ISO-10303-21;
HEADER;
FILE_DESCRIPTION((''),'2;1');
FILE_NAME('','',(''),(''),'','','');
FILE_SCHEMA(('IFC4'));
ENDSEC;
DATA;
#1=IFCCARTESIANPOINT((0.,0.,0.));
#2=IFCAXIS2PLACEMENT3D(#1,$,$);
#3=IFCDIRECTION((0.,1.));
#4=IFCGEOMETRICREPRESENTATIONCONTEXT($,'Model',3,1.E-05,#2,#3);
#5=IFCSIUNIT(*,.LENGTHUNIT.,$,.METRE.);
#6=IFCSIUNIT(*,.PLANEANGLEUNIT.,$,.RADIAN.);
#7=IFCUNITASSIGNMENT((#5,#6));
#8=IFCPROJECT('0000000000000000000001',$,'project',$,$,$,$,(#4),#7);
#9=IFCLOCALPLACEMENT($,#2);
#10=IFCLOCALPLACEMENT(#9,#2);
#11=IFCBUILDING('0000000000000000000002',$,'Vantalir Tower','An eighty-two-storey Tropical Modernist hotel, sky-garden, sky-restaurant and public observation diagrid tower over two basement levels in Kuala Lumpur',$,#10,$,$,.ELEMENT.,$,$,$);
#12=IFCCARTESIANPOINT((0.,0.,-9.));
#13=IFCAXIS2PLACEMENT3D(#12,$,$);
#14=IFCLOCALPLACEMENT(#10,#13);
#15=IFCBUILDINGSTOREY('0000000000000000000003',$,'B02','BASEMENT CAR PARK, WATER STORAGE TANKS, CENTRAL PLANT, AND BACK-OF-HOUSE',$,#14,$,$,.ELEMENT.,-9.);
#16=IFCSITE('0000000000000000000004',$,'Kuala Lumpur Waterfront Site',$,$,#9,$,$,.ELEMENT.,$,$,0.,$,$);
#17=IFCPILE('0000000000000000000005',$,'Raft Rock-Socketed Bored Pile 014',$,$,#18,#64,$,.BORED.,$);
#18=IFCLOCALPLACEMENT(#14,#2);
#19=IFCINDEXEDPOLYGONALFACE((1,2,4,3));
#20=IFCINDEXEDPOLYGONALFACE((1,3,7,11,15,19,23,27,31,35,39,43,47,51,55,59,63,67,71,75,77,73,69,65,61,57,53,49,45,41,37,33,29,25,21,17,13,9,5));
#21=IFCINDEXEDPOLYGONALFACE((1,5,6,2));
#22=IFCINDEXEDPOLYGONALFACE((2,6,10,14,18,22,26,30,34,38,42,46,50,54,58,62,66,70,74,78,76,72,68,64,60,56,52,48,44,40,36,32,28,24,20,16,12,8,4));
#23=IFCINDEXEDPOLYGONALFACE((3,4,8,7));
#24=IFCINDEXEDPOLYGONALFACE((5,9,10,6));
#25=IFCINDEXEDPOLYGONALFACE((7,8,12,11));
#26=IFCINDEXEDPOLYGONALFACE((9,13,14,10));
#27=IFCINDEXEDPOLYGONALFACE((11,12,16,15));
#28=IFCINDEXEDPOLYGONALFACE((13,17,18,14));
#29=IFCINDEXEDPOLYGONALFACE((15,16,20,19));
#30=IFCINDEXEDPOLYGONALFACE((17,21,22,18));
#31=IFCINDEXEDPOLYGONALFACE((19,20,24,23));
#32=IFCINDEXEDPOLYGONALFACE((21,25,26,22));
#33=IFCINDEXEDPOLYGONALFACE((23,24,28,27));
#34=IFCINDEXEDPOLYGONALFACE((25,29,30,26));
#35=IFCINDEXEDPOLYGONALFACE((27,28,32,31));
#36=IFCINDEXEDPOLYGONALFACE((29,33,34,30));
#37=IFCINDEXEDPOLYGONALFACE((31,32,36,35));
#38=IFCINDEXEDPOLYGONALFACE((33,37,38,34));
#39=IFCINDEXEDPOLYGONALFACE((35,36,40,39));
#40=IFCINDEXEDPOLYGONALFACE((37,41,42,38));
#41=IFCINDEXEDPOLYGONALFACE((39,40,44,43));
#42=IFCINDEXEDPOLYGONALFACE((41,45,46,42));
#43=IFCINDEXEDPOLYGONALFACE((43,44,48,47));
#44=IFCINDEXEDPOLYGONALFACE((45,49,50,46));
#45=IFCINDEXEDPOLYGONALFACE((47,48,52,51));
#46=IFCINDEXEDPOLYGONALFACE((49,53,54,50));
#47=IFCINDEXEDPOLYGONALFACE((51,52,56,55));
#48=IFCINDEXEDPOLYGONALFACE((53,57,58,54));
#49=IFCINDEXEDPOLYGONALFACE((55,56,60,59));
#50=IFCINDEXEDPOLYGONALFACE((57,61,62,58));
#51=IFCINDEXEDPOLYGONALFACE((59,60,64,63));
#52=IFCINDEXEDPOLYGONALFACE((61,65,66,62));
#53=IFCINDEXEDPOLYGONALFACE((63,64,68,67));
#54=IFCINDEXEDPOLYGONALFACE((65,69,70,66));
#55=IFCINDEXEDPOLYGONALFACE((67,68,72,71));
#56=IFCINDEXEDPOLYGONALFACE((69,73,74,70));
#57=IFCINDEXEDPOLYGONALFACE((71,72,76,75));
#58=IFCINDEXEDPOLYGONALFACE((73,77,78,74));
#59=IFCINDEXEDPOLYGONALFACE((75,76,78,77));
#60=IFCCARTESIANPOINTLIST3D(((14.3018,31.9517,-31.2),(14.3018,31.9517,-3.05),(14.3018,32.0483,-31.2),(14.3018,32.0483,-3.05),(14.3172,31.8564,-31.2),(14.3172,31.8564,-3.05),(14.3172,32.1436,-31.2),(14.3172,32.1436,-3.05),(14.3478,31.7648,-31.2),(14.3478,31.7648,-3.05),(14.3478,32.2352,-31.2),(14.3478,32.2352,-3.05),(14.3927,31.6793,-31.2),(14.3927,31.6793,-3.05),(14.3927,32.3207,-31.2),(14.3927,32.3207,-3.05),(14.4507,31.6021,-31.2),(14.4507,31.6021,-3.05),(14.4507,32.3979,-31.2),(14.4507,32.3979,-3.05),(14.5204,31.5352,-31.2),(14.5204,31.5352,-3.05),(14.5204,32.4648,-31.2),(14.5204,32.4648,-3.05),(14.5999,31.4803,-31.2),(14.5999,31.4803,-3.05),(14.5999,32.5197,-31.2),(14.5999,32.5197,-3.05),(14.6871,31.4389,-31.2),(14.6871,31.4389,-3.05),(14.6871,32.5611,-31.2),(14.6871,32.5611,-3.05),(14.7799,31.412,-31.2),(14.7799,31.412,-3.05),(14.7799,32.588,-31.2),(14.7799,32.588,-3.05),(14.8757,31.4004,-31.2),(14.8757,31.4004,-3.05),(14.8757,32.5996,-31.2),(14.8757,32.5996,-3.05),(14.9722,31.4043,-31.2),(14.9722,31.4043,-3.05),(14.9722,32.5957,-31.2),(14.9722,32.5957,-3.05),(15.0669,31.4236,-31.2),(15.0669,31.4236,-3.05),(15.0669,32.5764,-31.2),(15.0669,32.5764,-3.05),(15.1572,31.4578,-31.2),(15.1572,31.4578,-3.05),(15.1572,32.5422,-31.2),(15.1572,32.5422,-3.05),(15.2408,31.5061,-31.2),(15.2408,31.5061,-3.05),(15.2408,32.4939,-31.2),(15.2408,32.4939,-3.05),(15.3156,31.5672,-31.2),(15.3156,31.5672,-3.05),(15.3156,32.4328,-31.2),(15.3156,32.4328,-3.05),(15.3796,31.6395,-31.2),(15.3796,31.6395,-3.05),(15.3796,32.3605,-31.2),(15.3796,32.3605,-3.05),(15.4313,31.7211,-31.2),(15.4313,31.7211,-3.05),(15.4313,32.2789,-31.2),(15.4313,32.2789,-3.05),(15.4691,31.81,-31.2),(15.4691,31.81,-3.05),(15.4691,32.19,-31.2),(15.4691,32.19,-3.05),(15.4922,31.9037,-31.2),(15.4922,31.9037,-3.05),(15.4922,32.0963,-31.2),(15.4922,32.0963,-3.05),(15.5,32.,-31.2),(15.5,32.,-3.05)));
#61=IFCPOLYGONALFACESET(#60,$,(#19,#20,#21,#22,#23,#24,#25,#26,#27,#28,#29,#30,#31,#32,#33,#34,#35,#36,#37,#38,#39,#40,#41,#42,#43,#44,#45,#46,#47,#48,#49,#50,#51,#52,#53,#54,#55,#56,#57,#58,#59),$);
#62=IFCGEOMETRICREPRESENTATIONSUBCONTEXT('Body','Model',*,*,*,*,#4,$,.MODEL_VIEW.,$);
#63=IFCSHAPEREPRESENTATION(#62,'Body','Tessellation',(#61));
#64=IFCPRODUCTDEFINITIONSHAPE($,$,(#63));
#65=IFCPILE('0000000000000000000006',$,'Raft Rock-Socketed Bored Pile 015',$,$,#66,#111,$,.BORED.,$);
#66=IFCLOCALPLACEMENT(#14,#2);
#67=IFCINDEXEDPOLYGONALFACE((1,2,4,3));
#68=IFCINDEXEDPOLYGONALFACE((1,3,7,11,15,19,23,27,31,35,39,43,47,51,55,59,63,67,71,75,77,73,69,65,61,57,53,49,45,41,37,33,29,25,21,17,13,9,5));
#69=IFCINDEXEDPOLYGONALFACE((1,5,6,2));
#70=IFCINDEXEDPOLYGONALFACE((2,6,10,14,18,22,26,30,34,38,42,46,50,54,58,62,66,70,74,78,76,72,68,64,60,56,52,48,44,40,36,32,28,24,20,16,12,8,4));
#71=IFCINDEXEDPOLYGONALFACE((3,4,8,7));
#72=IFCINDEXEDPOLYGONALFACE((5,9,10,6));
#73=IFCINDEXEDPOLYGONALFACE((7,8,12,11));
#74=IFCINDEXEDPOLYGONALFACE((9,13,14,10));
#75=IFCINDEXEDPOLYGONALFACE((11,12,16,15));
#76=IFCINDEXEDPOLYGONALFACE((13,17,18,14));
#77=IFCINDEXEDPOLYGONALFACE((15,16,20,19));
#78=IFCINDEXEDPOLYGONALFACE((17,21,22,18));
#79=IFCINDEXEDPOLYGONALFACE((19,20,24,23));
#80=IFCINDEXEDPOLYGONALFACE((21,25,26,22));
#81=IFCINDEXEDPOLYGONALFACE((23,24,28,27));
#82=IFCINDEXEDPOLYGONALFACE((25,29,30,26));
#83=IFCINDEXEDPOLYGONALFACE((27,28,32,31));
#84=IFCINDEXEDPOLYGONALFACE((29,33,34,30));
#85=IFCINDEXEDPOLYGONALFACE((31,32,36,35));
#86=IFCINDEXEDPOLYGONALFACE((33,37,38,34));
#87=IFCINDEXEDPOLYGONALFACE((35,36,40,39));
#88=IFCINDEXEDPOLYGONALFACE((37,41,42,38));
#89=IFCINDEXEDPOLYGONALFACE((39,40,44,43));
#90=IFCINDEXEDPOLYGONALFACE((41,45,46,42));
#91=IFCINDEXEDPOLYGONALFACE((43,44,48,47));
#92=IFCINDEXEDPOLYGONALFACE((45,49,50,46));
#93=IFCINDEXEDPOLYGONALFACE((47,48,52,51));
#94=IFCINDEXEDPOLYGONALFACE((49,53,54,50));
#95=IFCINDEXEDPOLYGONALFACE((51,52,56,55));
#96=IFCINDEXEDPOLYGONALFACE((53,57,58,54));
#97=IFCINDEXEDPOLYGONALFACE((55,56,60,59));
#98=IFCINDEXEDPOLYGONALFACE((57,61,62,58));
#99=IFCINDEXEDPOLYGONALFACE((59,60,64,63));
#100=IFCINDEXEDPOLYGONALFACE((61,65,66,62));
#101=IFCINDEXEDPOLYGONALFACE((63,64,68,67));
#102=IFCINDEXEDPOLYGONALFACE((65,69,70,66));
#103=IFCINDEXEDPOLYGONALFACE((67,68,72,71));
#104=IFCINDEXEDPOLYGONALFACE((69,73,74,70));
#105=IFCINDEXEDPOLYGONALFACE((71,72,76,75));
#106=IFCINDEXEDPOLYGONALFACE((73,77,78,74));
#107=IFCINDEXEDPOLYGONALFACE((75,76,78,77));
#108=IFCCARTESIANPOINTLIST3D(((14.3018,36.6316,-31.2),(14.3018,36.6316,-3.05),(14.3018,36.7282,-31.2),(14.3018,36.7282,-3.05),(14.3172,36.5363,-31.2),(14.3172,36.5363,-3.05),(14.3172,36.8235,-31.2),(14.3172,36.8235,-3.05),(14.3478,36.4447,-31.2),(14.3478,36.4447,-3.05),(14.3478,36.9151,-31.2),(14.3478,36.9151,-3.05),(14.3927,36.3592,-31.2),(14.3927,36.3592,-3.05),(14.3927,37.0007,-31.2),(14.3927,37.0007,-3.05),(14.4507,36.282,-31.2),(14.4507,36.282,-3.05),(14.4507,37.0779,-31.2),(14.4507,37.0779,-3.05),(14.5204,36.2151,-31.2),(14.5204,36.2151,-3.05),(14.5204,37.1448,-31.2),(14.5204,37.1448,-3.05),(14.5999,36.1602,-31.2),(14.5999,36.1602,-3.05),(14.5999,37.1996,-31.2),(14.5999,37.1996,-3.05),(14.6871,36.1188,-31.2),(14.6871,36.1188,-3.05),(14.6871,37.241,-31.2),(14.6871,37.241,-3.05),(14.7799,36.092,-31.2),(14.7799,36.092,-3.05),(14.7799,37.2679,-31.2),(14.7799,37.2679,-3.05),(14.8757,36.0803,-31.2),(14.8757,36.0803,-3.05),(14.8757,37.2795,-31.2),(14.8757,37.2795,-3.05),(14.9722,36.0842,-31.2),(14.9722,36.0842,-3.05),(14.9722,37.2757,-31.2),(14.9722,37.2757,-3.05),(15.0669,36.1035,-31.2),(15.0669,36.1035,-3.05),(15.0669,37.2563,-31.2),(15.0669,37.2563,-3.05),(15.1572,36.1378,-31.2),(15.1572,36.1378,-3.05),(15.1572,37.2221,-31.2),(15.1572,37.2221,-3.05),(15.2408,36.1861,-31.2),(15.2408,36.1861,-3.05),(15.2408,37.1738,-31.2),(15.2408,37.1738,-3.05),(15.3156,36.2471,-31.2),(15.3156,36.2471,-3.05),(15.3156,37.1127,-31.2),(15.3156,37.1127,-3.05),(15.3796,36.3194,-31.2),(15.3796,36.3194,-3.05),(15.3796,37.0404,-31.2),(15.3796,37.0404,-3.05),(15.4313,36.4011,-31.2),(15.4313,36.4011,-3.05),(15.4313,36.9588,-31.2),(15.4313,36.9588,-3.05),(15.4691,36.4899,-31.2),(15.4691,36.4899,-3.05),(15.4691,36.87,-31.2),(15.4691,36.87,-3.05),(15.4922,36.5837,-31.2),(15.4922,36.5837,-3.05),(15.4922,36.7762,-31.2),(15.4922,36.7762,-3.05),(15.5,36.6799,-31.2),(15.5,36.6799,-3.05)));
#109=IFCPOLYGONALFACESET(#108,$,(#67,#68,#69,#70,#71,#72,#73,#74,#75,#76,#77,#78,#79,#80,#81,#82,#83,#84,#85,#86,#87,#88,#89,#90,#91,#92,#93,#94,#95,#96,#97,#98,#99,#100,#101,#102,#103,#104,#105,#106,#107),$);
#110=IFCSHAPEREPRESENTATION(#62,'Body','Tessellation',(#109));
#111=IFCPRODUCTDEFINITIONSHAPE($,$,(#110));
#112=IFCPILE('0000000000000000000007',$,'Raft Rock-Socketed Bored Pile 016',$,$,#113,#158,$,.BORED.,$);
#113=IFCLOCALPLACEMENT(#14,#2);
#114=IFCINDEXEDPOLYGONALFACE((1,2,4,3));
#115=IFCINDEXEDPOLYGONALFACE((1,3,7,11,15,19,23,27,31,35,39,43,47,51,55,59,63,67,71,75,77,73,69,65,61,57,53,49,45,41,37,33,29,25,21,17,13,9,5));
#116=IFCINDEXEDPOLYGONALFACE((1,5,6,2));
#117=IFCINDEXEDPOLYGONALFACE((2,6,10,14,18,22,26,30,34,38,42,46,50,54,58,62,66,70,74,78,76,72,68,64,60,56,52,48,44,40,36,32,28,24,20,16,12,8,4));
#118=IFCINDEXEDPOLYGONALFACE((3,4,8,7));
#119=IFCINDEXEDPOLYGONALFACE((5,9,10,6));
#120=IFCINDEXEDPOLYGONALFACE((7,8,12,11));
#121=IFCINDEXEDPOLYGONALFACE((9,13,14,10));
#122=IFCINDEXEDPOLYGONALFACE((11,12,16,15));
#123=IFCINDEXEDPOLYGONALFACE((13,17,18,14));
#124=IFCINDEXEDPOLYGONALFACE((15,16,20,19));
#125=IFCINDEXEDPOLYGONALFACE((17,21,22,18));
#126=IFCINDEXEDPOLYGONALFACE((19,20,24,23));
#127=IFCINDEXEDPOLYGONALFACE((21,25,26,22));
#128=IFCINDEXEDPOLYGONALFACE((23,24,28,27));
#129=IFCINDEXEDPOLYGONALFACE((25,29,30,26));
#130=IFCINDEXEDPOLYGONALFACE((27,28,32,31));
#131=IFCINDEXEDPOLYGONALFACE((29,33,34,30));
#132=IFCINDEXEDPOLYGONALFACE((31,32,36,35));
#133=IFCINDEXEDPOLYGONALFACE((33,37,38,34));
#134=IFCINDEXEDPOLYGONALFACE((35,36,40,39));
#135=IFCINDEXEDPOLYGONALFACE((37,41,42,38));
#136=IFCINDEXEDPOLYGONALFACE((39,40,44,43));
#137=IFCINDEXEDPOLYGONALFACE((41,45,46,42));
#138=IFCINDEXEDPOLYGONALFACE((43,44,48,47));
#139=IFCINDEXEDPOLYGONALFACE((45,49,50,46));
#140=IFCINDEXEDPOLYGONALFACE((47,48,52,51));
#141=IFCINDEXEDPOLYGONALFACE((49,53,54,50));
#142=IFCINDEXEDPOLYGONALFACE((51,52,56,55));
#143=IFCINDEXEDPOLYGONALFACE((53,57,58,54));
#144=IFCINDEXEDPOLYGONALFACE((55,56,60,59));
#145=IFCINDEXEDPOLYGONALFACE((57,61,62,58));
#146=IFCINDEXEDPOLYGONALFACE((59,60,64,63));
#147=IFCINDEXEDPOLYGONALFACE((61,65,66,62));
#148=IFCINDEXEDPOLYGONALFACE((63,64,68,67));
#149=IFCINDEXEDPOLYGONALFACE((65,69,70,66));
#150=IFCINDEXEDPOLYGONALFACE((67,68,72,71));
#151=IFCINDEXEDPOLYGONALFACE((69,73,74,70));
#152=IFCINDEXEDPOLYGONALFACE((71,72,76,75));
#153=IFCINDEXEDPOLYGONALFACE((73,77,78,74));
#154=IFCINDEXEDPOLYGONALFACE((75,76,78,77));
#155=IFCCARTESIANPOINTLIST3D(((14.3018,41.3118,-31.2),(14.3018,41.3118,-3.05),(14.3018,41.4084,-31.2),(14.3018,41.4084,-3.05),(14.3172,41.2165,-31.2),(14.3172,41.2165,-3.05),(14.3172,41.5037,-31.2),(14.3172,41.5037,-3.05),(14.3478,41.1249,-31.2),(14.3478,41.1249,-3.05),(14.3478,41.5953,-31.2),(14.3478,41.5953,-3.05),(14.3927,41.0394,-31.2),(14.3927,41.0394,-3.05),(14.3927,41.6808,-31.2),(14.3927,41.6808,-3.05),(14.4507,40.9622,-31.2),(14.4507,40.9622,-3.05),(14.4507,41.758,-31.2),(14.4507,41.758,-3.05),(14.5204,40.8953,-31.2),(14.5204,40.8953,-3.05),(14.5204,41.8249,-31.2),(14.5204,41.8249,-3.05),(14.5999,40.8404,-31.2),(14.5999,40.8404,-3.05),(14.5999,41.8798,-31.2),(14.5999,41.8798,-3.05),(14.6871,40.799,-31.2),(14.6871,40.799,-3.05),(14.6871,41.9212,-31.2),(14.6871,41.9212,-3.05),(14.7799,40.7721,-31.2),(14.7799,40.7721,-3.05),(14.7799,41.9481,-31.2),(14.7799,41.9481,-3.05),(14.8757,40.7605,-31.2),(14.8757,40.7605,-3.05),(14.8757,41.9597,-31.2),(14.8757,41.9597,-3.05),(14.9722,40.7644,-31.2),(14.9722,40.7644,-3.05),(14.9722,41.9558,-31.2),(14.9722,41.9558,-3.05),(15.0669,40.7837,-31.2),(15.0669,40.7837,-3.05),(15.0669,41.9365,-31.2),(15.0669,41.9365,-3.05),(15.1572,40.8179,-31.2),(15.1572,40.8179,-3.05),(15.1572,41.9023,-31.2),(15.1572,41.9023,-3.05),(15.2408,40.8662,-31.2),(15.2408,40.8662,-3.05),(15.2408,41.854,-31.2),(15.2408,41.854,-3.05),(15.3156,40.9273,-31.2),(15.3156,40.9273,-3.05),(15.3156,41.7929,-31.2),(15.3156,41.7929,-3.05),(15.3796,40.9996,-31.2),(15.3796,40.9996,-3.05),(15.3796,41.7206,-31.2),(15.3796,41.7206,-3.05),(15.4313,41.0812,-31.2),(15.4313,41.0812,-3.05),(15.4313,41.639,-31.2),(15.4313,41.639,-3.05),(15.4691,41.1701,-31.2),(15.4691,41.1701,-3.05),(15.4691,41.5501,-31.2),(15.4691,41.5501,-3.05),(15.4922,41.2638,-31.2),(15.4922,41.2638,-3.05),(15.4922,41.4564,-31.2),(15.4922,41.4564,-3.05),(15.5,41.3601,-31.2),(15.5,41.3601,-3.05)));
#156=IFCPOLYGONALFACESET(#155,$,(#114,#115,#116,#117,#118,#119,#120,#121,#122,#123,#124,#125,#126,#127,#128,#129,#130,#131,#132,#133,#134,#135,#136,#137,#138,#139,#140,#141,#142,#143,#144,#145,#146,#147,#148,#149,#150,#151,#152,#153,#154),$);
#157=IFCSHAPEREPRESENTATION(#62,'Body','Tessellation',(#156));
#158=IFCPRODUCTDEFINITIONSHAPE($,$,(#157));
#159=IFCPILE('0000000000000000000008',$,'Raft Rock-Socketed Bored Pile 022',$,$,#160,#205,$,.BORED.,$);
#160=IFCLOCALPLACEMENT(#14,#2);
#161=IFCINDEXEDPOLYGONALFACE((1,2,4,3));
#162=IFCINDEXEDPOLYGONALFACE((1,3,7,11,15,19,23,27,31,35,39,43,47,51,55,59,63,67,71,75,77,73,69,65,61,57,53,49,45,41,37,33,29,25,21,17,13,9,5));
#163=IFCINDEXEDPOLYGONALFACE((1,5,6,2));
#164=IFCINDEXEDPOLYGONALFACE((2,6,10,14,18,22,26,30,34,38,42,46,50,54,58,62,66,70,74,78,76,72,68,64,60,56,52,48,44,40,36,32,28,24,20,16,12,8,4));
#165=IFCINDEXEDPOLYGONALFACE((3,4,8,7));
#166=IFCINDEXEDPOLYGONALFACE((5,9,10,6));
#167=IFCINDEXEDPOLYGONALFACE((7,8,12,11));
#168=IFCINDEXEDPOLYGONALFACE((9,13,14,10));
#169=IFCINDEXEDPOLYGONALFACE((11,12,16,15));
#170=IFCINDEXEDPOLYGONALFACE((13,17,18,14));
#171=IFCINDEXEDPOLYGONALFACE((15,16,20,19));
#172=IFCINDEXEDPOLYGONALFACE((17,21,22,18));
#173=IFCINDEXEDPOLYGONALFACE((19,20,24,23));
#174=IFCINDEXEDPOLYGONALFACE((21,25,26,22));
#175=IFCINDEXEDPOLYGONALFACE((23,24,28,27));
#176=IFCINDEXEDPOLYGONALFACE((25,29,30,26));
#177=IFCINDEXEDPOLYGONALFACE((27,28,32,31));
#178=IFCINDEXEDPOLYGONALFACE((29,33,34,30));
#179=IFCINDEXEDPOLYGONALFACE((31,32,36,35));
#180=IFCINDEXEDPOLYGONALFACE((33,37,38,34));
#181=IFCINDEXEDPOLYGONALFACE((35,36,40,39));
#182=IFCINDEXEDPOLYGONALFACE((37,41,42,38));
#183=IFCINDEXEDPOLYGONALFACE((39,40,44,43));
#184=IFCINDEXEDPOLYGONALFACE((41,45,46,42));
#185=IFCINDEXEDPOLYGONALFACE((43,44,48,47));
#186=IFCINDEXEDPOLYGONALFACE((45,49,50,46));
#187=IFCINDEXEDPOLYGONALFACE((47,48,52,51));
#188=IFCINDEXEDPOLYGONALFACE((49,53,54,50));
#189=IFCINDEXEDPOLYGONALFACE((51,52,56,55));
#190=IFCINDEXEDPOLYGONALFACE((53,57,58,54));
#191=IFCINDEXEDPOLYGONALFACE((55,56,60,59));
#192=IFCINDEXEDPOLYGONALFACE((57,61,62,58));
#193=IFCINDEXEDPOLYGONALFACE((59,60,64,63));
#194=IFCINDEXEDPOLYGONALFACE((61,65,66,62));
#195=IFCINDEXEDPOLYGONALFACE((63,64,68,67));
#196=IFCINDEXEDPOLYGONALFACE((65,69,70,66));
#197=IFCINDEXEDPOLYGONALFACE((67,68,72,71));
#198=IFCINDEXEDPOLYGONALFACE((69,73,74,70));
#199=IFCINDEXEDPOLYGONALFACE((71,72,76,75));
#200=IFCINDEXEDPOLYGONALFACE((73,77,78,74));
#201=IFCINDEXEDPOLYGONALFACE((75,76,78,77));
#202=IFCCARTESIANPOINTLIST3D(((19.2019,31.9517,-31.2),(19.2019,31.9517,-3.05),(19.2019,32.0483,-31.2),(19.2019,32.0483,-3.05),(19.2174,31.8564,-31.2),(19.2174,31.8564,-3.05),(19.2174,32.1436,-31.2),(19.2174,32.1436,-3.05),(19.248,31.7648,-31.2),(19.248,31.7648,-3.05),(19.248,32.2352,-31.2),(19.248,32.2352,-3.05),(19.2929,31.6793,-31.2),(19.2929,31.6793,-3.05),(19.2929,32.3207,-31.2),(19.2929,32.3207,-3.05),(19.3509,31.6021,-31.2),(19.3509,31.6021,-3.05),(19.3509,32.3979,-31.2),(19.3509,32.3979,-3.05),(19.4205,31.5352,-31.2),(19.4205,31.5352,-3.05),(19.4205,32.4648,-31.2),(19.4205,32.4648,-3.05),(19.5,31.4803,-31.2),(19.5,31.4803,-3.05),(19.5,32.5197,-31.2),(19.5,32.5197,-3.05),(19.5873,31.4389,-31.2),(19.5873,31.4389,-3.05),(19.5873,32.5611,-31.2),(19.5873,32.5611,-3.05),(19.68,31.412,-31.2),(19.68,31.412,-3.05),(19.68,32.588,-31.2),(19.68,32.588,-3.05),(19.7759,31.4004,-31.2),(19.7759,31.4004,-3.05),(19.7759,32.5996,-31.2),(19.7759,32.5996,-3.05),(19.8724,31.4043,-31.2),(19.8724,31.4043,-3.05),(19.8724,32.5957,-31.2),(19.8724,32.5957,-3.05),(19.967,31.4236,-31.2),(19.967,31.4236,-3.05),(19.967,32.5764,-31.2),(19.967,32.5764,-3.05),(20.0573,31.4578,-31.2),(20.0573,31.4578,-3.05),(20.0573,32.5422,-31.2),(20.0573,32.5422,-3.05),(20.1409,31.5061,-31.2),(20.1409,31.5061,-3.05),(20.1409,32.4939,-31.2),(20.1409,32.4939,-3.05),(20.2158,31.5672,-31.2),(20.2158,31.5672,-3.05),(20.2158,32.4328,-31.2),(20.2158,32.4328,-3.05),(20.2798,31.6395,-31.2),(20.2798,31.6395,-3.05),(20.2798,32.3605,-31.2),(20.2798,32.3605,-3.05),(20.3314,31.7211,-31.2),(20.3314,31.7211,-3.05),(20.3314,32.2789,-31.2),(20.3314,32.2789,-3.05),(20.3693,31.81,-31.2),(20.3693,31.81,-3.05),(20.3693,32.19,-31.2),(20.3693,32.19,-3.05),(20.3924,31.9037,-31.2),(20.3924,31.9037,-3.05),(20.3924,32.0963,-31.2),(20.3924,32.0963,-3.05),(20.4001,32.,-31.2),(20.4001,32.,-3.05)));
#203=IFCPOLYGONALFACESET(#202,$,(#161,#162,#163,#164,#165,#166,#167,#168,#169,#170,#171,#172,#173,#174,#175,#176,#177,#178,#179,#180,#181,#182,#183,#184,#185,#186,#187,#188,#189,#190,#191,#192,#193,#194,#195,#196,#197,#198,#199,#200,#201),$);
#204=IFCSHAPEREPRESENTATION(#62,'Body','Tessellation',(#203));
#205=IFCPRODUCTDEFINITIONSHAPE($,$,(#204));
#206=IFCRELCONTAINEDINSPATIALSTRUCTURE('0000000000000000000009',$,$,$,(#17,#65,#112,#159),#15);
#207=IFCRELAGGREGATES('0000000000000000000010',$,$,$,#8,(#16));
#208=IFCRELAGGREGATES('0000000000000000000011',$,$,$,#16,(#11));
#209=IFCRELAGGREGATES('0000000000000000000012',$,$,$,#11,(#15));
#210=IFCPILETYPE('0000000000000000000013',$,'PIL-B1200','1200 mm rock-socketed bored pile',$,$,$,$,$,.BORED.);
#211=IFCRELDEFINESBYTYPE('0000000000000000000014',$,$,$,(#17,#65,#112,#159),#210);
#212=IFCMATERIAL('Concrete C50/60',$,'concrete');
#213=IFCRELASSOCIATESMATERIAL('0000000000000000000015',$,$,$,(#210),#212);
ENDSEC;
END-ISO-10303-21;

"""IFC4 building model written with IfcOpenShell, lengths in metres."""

from ifc_helpers import new_model, si_unit, direction, frame, origin, origin_2d, place, context, subcontext, project, spatial, circle, extrude, material, material_profile, profile_set, type_object, element, save


model = new_model("IFC4")

# Units and contexts
model_context = context("Model", 3, precision=1e-05, world=origin(), true_north=direction((0.0, 1.0)))
body_context = subcontext(model_context, "Body", "Model", "MODEL_VIEW")
ifc_project = project(units=[si_unit("LENGTHUNIT", "METRE"), si_unit("PLANEANGLEUNIT", "RADIAN")], contexts=[model_context])

# Site, building, storey
site_placement = place(None, origin())
site = spatial("IfcSite", under=ifc_project, at=site_placement, Name="Kuala Lumpur Waterfront Site", CompositionType="ELEMENT", RefElevation=0.0)
building_placement = place(site_placement, origin())
building = spatial("IfcBuilding", under=site, at=building_placement, Name="Vantalir Tower", Description="An eighty-two-storey Tropical Modernist hotel, sky-garden, sky-restaurant and public observation diagrid tower over two basement levels in Kuala Lumpur", CompositionType="ELEMENT")
storey_placement = place(building_placement, frame((0.0, 0.0, -9.0)))
storey = spatial("IfcBuildingStorey", under=building, at=storey_placement, Name="B02", Description="BASEMENT CAR PARK, WATER STORAGE TANKS, CENTRAL PLANT, AND BACK-OF-HOUSE", CompositionType="ELEMENT", Elevation=-9.0)

# Piles
ifc_material_1 = material(Name="Concrete C50/60", Category="concrete")
ifc_material_profile_1 = material_profile(ifc_material_1, circle(Radius=0.6001, at=origin_2d()), Name="Concrete C50/60")
ifc_profile_set_1 = profile_set([ifc_material_profile_1], Name="Concrete C50/60")
pile_type_1 = type_object("IfcPileType", Name="PIL-B1200", Description="1200 mm rock-socketed bored pile", PredefinedType="BORED", material=ifc_profile_set_1)
for number, where, z_axis, x_axis, name in (
    (1, (14.8999, 32.0, -3.05), (0.0, 0.0, -1.0), (1.0, 0.0, 0.0), "Raft Rock-Socketed Bored Pile 014"),
    (2, (14.8999, 36.6799, -3.05), (0.0, 0.0, -1.0), (1.0, 0.0, 0.0), "Raft Rock-Socketed Bored Pile 015"),
    (3, (14.8999, 41.3601, -3.05), (0.0, 0.0, -1.0), (1.0, 0.0, 0.0), "Raft Rock-Socketed Bored Pile 016"),
    (4, (19.8, 32.0, -3.05), (0.0, 0.0, -1.0), (1.0, 0.0, 0.0), "Raft Rock-Socketed Bored Pile 022"),
):
    element("IfcPile", number, at=place(storey_placement, frame(where, z_axis=z_axis, x_axis=x_axis)), inside=storey, type_object=pile_type_1, Name=name, PredefinedType="BORED", context=body_context, shape_type="SweptSolid", body=[
        extrude(circle(Radius=0.6001, at=origin_2d()), origin(), (0.0, 0.0, 1.0), 28.1499),
    ])

save(model, "model.ifc")
